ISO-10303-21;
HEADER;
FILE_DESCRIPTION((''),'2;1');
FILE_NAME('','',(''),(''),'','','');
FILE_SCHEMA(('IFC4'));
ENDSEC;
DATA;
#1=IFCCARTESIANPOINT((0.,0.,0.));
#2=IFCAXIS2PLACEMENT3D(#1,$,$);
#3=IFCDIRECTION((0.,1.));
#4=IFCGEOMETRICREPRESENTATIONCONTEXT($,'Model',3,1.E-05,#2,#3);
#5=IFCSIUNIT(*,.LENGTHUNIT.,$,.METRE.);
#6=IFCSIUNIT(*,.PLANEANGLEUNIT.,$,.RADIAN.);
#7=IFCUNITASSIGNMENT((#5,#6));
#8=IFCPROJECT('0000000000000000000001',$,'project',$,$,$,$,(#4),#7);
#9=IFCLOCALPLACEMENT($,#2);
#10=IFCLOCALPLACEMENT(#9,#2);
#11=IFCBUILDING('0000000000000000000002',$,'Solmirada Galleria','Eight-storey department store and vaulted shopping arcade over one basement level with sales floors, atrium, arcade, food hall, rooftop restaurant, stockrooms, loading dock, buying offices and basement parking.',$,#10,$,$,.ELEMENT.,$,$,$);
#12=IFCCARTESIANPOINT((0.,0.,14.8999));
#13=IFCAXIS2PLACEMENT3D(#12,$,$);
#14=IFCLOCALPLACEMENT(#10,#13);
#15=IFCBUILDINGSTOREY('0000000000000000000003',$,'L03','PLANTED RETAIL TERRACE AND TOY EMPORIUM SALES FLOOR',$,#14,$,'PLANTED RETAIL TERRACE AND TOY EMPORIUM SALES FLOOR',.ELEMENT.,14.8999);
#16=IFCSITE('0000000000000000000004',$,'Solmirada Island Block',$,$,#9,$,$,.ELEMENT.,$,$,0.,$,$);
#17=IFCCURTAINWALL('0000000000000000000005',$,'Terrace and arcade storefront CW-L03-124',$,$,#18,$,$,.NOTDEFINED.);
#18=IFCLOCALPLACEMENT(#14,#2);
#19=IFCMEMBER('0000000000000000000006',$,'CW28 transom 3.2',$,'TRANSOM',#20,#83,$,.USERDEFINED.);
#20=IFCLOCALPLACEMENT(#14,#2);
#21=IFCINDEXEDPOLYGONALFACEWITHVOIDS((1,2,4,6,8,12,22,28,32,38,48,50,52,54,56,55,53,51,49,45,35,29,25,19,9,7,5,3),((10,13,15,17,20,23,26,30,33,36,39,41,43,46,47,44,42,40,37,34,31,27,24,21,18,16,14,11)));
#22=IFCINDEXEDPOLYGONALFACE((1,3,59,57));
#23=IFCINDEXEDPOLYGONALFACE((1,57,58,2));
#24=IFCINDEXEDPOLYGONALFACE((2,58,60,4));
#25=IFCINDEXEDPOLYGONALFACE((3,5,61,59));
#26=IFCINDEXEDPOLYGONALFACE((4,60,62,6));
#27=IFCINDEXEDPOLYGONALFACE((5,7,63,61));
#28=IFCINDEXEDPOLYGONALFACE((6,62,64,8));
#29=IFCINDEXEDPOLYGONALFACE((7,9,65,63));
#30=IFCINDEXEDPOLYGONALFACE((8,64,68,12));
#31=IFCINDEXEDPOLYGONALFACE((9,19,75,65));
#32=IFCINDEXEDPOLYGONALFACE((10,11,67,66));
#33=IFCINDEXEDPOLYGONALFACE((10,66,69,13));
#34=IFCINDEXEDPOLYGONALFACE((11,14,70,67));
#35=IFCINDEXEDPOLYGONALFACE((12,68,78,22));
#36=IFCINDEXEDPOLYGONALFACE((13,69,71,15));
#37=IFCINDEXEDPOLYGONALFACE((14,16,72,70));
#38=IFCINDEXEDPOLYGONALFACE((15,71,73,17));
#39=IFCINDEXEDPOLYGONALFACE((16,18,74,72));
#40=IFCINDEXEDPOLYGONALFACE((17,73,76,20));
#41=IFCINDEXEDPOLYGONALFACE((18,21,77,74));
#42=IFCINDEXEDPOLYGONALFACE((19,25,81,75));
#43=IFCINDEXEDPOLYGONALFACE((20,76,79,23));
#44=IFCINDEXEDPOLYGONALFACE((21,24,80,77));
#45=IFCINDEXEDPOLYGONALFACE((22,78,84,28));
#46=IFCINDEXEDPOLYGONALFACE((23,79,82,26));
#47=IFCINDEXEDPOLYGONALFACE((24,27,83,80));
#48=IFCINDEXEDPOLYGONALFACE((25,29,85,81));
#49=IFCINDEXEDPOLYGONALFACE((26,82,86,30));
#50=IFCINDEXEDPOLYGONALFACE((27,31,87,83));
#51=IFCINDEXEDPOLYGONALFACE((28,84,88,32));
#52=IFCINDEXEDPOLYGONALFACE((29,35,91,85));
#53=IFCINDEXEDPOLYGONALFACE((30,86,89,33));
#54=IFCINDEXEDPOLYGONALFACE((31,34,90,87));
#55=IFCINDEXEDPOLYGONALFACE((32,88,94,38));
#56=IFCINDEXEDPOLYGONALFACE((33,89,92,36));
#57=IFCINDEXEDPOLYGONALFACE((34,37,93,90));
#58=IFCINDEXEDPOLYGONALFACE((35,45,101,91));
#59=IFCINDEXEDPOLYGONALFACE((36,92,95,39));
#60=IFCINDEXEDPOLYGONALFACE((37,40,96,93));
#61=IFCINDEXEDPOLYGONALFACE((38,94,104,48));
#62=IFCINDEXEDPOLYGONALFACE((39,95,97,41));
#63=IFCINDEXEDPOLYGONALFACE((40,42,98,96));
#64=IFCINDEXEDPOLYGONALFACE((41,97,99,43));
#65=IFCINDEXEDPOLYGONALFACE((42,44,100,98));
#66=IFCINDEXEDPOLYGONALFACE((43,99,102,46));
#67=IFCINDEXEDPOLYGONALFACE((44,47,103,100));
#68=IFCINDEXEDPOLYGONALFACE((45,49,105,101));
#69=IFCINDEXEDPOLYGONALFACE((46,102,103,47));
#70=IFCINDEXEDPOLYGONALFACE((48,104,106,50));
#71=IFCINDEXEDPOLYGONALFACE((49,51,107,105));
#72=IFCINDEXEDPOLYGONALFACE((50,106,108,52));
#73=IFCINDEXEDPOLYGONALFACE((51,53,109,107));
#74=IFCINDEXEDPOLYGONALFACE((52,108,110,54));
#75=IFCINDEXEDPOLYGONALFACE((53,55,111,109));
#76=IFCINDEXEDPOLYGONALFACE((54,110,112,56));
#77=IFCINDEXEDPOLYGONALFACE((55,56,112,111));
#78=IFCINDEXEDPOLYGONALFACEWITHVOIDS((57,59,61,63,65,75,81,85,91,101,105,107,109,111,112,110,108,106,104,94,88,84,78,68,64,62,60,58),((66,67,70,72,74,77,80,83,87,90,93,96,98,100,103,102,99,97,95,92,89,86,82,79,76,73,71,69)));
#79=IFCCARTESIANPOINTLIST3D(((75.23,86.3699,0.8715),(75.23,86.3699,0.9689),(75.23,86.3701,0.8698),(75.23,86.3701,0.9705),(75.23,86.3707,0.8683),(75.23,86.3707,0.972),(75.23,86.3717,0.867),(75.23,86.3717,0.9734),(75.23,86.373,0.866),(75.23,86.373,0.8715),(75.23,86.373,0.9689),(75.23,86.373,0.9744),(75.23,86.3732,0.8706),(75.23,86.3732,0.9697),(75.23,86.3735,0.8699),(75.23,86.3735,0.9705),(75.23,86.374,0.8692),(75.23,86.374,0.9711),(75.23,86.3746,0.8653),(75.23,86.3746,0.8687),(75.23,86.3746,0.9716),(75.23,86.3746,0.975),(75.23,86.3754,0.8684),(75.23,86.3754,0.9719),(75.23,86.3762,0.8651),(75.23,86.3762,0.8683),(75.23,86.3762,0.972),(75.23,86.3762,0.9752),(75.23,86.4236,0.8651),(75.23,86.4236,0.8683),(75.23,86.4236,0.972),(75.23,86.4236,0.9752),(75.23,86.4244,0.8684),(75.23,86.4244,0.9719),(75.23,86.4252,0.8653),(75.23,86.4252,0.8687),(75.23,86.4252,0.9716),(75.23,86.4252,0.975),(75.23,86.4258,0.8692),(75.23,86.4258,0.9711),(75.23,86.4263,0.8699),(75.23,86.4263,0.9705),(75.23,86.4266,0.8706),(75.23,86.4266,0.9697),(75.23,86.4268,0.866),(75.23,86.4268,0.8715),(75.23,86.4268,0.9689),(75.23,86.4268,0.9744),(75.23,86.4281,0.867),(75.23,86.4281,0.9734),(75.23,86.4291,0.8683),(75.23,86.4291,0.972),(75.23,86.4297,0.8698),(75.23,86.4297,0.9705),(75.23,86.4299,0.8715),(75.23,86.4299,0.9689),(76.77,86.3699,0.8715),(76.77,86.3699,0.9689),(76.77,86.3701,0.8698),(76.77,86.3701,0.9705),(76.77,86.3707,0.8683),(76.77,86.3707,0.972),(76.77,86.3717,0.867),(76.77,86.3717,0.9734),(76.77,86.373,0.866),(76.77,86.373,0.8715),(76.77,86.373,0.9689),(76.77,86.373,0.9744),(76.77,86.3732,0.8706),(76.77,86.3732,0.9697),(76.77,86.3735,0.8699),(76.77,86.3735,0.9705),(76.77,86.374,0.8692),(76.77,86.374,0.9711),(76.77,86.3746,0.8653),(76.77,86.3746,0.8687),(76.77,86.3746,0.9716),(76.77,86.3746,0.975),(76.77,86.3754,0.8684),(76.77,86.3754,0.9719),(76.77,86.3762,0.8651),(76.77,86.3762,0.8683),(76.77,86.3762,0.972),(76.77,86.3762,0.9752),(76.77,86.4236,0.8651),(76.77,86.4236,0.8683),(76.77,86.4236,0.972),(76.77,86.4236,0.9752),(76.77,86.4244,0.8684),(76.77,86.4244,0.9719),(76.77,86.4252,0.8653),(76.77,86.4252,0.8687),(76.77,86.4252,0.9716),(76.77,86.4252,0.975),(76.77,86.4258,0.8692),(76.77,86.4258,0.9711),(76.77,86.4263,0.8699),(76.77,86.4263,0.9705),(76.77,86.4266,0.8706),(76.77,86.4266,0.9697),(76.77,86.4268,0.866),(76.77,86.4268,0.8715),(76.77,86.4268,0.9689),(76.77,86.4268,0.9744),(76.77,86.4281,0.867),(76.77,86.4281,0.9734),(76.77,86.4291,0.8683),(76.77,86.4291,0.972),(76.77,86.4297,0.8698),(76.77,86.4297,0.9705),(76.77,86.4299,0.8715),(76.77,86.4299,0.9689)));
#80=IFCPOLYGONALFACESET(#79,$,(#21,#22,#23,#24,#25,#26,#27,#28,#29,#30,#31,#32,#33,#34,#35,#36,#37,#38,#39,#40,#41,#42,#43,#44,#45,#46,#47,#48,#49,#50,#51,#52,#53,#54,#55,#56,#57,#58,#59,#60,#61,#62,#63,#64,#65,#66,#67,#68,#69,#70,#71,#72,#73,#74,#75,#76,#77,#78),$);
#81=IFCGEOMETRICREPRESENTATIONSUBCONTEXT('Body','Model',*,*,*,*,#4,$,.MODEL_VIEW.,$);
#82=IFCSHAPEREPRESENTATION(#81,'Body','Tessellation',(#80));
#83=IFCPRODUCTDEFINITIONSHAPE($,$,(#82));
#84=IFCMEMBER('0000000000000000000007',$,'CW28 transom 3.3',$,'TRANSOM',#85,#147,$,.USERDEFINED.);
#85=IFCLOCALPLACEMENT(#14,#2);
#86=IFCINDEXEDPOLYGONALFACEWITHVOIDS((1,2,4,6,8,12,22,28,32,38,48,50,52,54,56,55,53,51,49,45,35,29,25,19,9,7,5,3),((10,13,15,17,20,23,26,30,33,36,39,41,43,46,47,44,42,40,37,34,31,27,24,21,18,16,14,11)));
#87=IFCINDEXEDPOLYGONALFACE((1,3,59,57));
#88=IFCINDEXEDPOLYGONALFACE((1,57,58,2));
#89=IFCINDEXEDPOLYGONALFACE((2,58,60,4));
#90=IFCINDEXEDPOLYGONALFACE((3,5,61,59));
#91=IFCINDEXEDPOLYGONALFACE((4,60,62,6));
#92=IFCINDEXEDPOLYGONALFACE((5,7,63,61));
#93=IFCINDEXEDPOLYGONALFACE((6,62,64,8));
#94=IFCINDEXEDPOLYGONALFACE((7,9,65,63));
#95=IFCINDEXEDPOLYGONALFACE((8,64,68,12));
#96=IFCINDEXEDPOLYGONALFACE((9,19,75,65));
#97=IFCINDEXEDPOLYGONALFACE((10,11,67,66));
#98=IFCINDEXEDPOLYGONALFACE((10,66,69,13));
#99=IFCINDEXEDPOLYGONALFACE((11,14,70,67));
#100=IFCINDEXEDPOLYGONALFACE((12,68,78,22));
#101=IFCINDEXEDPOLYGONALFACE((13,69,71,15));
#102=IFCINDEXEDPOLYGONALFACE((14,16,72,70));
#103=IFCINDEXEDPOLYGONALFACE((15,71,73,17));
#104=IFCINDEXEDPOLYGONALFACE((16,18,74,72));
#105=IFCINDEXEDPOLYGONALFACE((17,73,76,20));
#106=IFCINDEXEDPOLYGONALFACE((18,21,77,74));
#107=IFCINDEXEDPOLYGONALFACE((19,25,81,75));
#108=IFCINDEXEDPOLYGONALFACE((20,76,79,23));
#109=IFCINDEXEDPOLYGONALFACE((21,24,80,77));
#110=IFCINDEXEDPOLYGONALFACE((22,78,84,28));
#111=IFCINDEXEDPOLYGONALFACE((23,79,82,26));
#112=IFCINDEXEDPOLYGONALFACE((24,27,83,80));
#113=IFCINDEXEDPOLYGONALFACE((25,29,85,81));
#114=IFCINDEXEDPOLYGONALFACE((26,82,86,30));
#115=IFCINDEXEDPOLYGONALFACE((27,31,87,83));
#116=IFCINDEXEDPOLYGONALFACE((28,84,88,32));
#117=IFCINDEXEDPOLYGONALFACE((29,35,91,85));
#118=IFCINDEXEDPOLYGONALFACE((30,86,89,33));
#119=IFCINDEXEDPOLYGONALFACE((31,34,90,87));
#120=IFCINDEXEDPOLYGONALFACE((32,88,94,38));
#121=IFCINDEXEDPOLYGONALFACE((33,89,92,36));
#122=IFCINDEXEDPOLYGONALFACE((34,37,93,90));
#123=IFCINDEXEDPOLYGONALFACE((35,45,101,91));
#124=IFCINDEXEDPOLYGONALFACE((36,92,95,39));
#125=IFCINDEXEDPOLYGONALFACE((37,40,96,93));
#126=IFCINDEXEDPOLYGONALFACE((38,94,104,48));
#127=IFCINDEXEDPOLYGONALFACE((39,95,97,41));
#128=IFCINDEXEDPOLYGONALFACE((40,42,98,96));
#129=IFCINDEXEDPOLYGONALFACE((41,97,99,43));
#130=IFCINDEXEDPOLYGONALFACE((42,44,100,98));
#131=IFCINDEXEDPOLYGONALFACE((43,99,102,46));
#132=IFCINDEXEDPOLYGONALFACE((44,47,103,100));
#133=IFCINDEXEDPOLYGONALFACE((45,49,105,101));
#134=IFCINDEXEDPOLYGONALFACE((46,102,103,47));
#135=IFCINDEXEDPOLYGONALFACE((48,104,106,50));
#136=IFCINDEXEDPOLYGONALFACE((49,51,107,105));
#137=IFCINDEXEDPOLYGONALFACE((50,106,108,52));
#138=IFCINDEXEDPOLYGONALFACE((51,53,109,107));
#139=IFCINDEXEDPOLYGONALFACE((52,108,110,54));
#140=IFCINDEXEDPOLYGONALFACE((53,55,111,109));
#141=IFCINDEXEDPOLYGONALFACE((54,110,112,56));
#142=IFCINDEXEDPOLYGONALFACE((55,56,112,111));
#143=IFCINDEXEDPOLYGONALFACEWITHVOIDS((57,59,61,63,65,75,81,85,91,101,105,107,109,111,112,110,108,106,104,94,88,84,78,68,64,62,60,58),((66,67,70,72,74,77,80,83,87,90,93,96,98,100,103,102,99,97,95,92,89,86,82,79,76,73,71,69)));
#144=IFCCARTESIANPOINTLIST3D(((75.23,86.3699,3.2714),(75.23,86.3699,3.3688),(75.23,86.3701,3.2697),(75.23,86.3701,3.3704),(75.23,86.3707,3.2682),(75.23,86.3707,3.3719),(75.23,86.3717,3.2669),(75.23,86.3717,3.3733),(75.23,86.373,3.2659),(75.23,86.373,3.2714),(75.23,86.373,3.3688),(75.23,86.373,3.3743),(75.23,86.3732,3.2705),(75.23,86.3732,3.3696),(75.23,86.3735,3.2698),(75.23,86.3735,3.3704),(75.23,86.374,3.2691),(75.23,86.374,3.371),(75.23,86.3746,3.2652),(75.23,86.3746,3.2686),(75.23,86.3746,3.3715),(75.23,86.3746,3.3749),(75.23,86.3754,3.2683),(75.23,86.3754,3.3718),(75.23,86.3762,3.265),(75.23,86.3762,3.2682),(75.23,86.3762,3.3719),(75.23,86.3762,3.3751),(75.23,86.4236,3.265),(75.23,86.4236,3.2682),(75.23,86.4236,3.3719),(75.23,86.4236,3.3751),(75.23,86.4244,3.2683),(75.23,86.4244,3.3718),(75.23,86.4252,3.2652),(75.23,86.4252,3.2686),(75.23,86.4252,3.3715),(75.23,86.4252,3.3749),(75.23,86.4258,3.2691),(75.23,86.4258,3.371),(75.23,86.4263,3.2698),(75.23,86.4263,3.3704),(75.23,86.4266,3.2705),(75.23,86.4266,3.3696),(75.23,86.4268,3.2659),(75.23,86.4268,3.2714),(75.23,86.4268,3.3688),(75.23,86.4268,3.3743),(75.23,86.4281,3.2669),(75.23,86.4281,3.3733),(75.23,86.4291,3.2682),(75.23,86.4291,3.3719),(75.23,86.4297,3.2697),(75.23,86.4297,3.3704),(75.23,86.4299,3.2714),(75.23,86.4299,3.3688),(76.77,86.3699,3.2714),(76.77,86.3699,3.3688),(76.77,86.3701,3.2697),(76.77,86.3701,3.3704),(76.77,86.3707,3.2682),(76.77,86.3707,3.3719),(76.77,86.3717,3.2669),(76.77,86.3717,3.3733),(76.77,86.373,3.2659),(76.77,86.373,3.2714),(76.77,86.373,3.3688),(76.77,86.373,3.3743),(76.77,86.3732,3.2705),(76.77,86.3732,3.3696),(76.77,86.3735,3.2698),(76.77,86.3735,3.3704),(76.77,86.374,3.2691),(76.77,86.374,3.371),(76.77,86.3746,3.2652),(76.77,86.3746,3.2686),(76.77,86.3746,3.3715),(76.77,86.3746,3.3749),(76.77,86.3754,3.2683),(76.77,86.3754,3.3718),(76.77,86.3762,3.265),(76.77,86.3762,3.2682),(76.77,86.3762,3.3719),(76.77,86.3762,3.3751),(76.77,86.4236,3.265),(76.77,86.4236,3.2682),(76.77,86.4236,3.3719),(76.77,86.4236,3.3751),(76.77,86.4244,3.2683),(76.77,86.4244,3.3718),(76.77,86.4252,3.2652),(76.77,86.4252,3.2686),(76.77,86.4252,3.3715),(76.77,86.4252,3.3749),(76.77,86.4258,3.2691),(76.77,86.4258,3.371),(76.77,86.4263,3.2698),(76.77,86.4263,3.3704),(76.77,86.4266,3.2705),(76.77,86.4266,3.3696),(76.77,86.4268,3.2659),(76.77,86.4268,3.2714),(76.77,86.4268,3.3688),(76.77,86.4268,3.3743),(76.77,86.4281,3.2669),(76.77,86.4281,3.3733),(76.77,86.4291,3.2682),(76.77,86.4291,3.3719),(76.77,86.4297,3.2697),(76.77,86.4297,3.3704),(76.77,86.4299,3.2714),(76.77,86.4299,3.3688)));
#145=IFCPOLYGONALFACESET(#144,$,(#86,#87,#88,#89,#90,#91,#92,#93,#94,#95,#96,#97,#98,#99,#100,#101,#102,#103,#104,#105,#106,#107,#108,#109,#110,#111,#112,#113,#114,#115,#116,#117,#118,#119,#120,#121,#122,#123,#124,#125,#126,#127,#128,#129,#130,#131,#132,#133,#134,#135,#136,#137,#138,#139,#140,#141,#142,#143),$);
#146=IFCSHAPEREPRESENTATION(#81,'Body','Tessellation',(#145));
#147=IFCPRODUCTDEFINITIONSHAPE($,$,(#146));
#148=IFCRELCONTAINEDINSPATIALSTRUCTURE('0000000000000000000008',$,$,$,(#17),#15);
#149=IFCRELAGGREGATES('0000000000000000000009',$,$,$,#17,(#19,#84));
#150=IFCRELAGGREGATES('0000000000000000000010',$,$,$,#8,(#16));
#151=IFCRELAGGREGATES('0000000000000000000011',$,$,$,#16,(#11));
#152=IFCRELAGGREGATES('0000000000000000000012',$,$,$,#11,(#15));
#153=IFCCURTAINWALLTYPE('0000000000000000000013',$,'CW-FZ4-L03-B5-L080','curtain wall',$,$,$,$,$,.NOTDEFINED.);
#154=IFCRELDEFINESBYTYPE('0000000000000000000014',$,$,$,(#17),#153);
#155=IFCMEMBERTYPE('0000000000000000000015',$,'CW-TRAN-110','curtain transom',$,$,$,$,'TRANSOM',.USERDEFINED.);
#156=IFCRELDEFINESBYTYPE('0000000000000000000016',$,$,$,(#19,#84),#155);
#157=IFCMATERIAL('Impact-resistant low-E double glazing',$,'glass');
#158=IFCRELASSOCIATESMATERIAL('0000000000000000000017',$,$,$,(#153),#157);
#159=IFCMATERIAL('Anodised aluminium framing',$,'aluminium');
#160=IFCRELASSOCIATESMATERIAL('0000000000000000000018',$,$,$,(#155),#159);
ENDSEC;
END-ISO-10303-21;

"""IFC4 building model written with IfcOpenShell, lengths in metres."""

from ifc_helpers import new_model, si_unit, direction, frame, origin, origin_2d, place, context, subcontext, project, spatial, hollow_rectangle, extrude, material, material_profile, profile_set, type_object, element, aggregate, save


model = new_model("IFC4")

# Units and contexts
model_context = context("Model", 3, precision=1e-05, world=origin(), true_north=direction((0.0, 1.0)))
body_context = subcontext(model_context, "Body", "Model", "MODEL_VIEW")
ifc_project = project(units=[si_unit("LENGTHUNIT", "METRE"), si_unit("PLANEANGLEUNIT", "RADIAN")], contexts=[model_context])

# Site, building, storey
site_placement = place(None, origin())
site = spatial("IfcSite", under=ifc_project, at=site_placement, Name="Solmirada Island Block", CompositionType="ELEMENT", RefElevation=0.0)
building_placement = place(site_placement, origin())
building = spatial("IfcBuilding", under=site, at=building_placement, Name="Solmirada Galleria", Description="Eight-storey department store and vaulted shopping arcade over one basement level with sales floors, atrium, arcade, food hall, rooftop restaurant, stockrooms, loading dock, buying offices and basement parking.", CompositionType="ELEMENT")
storey_placement = place(building_placement, frame((0.0, 0.0, 14.8999)))
storey = spatial("IfcBuildingStorey", under=building, at=storey_placement, Name="L03", Description="PLANTED RETAIL TERRACE AND TOY EMPORIUM SALES FLOOR", LongName="PLANTED RETAIL TERRACE AND TOY EMPORIUM SALES FLOOR", CompositionType="ELEMENT", Elevation=14.8999)

# Shared definitions
ifc_material_1 = material(Name="Impact-resistant low-E double glazing", Category="glass")
curtain_wall_type = type_object("IfcCurtainWallType", Name="CW-FZ4-L03-B5-L080", Description="curtain wall", PredefinedType="NOTDEFINED", material=ifc_material_1)
ifc_material_2 = material(Name="Anodised aluminium framing", Category="aluminium")

# Curtain wall, members
curtain_wall_1_placement = place(storey_placement, origin())
curtain_wall_1 = element("IfcCurtainWall", 1, at=curtain_wall_1_placement, inside=storey, type_object=curtain_wall_type, Name="Terrace and arcade storefront CW-L03-124", PredefinedType="NOTDEFINED")
ifc_material_profile_1 = material_profile(ifc_material_2, hollow_rectangle(XDim=0.0601, YDim=0.1101, WallThickness=0.0032, InnerFilletRadius=0.0032, OuterFilletRadius=0.0063, at=origin_2d()), Name="ALU-TRAN-110X60")
ifc_profile_set_1 = profile_set([ifc_material_profile_1], Name="Anodised aluminium framing")
member_type_1 = type_object("IfcMemberType", Name="CW-TRAN-110", Description="curtain transom", ElementType="TRANSOM", PredefinedType="USERDEFINED", material=ifc_profile_set_1)
member_1_placement = place(storey_placement, frame((76.77, 86.3999, 0.9202), z_axis=(-1.0, 0.0, 0.0), x_axis=(0.0, -1.0, 0.0)))
member_1 = element("IfcMember", 2, at=member_1_placement, type_object=member_type_1, Name="CW28 transom 3.2", ObjectType="TRANSOM", PredefinedType="USERDEFINED", context=body_context, shape_type="SweptSolid", body=[
    extrude(hollow_rectangle(XDim=0.0601, YDim=0.1101, WallThickness=0.0032, InnerFilletRadius=0.0032, OuterFilletRadius=0.0063, at=origin_2d()), origin(), (0.0, 0.0, 1.0), 1.54),
])
member_2_placement = place(storey_placement, frame((76.77, 86.3999, 3.3201), z_axis=(-1.0, 0.0, 0.0), x_axis=(0.0, -1.0, 0.0)))
member_2 = element("IfcMember", 3, at=member_2_placement, type_object=member_type_1, Name="CW28 transom 3.3", ObjectType="TRANSOM", PredefinedType="USERDEFINED", context=body_context, shape_type="SweptSolid", body=[
    extrude(hollow_rectangle(XDim=0.0601, YDim=0.1101, WallThickness=0.0032, InnerFilletRadius=0.0032, OuterFilletRadius=0.0063, at=origin_2d()), origin(), (0.0, 0.0, 1.0), 1.54),
])

aggregate(curtain_wall_1, [member_1, member_2])

save(model, "model.ifc")
